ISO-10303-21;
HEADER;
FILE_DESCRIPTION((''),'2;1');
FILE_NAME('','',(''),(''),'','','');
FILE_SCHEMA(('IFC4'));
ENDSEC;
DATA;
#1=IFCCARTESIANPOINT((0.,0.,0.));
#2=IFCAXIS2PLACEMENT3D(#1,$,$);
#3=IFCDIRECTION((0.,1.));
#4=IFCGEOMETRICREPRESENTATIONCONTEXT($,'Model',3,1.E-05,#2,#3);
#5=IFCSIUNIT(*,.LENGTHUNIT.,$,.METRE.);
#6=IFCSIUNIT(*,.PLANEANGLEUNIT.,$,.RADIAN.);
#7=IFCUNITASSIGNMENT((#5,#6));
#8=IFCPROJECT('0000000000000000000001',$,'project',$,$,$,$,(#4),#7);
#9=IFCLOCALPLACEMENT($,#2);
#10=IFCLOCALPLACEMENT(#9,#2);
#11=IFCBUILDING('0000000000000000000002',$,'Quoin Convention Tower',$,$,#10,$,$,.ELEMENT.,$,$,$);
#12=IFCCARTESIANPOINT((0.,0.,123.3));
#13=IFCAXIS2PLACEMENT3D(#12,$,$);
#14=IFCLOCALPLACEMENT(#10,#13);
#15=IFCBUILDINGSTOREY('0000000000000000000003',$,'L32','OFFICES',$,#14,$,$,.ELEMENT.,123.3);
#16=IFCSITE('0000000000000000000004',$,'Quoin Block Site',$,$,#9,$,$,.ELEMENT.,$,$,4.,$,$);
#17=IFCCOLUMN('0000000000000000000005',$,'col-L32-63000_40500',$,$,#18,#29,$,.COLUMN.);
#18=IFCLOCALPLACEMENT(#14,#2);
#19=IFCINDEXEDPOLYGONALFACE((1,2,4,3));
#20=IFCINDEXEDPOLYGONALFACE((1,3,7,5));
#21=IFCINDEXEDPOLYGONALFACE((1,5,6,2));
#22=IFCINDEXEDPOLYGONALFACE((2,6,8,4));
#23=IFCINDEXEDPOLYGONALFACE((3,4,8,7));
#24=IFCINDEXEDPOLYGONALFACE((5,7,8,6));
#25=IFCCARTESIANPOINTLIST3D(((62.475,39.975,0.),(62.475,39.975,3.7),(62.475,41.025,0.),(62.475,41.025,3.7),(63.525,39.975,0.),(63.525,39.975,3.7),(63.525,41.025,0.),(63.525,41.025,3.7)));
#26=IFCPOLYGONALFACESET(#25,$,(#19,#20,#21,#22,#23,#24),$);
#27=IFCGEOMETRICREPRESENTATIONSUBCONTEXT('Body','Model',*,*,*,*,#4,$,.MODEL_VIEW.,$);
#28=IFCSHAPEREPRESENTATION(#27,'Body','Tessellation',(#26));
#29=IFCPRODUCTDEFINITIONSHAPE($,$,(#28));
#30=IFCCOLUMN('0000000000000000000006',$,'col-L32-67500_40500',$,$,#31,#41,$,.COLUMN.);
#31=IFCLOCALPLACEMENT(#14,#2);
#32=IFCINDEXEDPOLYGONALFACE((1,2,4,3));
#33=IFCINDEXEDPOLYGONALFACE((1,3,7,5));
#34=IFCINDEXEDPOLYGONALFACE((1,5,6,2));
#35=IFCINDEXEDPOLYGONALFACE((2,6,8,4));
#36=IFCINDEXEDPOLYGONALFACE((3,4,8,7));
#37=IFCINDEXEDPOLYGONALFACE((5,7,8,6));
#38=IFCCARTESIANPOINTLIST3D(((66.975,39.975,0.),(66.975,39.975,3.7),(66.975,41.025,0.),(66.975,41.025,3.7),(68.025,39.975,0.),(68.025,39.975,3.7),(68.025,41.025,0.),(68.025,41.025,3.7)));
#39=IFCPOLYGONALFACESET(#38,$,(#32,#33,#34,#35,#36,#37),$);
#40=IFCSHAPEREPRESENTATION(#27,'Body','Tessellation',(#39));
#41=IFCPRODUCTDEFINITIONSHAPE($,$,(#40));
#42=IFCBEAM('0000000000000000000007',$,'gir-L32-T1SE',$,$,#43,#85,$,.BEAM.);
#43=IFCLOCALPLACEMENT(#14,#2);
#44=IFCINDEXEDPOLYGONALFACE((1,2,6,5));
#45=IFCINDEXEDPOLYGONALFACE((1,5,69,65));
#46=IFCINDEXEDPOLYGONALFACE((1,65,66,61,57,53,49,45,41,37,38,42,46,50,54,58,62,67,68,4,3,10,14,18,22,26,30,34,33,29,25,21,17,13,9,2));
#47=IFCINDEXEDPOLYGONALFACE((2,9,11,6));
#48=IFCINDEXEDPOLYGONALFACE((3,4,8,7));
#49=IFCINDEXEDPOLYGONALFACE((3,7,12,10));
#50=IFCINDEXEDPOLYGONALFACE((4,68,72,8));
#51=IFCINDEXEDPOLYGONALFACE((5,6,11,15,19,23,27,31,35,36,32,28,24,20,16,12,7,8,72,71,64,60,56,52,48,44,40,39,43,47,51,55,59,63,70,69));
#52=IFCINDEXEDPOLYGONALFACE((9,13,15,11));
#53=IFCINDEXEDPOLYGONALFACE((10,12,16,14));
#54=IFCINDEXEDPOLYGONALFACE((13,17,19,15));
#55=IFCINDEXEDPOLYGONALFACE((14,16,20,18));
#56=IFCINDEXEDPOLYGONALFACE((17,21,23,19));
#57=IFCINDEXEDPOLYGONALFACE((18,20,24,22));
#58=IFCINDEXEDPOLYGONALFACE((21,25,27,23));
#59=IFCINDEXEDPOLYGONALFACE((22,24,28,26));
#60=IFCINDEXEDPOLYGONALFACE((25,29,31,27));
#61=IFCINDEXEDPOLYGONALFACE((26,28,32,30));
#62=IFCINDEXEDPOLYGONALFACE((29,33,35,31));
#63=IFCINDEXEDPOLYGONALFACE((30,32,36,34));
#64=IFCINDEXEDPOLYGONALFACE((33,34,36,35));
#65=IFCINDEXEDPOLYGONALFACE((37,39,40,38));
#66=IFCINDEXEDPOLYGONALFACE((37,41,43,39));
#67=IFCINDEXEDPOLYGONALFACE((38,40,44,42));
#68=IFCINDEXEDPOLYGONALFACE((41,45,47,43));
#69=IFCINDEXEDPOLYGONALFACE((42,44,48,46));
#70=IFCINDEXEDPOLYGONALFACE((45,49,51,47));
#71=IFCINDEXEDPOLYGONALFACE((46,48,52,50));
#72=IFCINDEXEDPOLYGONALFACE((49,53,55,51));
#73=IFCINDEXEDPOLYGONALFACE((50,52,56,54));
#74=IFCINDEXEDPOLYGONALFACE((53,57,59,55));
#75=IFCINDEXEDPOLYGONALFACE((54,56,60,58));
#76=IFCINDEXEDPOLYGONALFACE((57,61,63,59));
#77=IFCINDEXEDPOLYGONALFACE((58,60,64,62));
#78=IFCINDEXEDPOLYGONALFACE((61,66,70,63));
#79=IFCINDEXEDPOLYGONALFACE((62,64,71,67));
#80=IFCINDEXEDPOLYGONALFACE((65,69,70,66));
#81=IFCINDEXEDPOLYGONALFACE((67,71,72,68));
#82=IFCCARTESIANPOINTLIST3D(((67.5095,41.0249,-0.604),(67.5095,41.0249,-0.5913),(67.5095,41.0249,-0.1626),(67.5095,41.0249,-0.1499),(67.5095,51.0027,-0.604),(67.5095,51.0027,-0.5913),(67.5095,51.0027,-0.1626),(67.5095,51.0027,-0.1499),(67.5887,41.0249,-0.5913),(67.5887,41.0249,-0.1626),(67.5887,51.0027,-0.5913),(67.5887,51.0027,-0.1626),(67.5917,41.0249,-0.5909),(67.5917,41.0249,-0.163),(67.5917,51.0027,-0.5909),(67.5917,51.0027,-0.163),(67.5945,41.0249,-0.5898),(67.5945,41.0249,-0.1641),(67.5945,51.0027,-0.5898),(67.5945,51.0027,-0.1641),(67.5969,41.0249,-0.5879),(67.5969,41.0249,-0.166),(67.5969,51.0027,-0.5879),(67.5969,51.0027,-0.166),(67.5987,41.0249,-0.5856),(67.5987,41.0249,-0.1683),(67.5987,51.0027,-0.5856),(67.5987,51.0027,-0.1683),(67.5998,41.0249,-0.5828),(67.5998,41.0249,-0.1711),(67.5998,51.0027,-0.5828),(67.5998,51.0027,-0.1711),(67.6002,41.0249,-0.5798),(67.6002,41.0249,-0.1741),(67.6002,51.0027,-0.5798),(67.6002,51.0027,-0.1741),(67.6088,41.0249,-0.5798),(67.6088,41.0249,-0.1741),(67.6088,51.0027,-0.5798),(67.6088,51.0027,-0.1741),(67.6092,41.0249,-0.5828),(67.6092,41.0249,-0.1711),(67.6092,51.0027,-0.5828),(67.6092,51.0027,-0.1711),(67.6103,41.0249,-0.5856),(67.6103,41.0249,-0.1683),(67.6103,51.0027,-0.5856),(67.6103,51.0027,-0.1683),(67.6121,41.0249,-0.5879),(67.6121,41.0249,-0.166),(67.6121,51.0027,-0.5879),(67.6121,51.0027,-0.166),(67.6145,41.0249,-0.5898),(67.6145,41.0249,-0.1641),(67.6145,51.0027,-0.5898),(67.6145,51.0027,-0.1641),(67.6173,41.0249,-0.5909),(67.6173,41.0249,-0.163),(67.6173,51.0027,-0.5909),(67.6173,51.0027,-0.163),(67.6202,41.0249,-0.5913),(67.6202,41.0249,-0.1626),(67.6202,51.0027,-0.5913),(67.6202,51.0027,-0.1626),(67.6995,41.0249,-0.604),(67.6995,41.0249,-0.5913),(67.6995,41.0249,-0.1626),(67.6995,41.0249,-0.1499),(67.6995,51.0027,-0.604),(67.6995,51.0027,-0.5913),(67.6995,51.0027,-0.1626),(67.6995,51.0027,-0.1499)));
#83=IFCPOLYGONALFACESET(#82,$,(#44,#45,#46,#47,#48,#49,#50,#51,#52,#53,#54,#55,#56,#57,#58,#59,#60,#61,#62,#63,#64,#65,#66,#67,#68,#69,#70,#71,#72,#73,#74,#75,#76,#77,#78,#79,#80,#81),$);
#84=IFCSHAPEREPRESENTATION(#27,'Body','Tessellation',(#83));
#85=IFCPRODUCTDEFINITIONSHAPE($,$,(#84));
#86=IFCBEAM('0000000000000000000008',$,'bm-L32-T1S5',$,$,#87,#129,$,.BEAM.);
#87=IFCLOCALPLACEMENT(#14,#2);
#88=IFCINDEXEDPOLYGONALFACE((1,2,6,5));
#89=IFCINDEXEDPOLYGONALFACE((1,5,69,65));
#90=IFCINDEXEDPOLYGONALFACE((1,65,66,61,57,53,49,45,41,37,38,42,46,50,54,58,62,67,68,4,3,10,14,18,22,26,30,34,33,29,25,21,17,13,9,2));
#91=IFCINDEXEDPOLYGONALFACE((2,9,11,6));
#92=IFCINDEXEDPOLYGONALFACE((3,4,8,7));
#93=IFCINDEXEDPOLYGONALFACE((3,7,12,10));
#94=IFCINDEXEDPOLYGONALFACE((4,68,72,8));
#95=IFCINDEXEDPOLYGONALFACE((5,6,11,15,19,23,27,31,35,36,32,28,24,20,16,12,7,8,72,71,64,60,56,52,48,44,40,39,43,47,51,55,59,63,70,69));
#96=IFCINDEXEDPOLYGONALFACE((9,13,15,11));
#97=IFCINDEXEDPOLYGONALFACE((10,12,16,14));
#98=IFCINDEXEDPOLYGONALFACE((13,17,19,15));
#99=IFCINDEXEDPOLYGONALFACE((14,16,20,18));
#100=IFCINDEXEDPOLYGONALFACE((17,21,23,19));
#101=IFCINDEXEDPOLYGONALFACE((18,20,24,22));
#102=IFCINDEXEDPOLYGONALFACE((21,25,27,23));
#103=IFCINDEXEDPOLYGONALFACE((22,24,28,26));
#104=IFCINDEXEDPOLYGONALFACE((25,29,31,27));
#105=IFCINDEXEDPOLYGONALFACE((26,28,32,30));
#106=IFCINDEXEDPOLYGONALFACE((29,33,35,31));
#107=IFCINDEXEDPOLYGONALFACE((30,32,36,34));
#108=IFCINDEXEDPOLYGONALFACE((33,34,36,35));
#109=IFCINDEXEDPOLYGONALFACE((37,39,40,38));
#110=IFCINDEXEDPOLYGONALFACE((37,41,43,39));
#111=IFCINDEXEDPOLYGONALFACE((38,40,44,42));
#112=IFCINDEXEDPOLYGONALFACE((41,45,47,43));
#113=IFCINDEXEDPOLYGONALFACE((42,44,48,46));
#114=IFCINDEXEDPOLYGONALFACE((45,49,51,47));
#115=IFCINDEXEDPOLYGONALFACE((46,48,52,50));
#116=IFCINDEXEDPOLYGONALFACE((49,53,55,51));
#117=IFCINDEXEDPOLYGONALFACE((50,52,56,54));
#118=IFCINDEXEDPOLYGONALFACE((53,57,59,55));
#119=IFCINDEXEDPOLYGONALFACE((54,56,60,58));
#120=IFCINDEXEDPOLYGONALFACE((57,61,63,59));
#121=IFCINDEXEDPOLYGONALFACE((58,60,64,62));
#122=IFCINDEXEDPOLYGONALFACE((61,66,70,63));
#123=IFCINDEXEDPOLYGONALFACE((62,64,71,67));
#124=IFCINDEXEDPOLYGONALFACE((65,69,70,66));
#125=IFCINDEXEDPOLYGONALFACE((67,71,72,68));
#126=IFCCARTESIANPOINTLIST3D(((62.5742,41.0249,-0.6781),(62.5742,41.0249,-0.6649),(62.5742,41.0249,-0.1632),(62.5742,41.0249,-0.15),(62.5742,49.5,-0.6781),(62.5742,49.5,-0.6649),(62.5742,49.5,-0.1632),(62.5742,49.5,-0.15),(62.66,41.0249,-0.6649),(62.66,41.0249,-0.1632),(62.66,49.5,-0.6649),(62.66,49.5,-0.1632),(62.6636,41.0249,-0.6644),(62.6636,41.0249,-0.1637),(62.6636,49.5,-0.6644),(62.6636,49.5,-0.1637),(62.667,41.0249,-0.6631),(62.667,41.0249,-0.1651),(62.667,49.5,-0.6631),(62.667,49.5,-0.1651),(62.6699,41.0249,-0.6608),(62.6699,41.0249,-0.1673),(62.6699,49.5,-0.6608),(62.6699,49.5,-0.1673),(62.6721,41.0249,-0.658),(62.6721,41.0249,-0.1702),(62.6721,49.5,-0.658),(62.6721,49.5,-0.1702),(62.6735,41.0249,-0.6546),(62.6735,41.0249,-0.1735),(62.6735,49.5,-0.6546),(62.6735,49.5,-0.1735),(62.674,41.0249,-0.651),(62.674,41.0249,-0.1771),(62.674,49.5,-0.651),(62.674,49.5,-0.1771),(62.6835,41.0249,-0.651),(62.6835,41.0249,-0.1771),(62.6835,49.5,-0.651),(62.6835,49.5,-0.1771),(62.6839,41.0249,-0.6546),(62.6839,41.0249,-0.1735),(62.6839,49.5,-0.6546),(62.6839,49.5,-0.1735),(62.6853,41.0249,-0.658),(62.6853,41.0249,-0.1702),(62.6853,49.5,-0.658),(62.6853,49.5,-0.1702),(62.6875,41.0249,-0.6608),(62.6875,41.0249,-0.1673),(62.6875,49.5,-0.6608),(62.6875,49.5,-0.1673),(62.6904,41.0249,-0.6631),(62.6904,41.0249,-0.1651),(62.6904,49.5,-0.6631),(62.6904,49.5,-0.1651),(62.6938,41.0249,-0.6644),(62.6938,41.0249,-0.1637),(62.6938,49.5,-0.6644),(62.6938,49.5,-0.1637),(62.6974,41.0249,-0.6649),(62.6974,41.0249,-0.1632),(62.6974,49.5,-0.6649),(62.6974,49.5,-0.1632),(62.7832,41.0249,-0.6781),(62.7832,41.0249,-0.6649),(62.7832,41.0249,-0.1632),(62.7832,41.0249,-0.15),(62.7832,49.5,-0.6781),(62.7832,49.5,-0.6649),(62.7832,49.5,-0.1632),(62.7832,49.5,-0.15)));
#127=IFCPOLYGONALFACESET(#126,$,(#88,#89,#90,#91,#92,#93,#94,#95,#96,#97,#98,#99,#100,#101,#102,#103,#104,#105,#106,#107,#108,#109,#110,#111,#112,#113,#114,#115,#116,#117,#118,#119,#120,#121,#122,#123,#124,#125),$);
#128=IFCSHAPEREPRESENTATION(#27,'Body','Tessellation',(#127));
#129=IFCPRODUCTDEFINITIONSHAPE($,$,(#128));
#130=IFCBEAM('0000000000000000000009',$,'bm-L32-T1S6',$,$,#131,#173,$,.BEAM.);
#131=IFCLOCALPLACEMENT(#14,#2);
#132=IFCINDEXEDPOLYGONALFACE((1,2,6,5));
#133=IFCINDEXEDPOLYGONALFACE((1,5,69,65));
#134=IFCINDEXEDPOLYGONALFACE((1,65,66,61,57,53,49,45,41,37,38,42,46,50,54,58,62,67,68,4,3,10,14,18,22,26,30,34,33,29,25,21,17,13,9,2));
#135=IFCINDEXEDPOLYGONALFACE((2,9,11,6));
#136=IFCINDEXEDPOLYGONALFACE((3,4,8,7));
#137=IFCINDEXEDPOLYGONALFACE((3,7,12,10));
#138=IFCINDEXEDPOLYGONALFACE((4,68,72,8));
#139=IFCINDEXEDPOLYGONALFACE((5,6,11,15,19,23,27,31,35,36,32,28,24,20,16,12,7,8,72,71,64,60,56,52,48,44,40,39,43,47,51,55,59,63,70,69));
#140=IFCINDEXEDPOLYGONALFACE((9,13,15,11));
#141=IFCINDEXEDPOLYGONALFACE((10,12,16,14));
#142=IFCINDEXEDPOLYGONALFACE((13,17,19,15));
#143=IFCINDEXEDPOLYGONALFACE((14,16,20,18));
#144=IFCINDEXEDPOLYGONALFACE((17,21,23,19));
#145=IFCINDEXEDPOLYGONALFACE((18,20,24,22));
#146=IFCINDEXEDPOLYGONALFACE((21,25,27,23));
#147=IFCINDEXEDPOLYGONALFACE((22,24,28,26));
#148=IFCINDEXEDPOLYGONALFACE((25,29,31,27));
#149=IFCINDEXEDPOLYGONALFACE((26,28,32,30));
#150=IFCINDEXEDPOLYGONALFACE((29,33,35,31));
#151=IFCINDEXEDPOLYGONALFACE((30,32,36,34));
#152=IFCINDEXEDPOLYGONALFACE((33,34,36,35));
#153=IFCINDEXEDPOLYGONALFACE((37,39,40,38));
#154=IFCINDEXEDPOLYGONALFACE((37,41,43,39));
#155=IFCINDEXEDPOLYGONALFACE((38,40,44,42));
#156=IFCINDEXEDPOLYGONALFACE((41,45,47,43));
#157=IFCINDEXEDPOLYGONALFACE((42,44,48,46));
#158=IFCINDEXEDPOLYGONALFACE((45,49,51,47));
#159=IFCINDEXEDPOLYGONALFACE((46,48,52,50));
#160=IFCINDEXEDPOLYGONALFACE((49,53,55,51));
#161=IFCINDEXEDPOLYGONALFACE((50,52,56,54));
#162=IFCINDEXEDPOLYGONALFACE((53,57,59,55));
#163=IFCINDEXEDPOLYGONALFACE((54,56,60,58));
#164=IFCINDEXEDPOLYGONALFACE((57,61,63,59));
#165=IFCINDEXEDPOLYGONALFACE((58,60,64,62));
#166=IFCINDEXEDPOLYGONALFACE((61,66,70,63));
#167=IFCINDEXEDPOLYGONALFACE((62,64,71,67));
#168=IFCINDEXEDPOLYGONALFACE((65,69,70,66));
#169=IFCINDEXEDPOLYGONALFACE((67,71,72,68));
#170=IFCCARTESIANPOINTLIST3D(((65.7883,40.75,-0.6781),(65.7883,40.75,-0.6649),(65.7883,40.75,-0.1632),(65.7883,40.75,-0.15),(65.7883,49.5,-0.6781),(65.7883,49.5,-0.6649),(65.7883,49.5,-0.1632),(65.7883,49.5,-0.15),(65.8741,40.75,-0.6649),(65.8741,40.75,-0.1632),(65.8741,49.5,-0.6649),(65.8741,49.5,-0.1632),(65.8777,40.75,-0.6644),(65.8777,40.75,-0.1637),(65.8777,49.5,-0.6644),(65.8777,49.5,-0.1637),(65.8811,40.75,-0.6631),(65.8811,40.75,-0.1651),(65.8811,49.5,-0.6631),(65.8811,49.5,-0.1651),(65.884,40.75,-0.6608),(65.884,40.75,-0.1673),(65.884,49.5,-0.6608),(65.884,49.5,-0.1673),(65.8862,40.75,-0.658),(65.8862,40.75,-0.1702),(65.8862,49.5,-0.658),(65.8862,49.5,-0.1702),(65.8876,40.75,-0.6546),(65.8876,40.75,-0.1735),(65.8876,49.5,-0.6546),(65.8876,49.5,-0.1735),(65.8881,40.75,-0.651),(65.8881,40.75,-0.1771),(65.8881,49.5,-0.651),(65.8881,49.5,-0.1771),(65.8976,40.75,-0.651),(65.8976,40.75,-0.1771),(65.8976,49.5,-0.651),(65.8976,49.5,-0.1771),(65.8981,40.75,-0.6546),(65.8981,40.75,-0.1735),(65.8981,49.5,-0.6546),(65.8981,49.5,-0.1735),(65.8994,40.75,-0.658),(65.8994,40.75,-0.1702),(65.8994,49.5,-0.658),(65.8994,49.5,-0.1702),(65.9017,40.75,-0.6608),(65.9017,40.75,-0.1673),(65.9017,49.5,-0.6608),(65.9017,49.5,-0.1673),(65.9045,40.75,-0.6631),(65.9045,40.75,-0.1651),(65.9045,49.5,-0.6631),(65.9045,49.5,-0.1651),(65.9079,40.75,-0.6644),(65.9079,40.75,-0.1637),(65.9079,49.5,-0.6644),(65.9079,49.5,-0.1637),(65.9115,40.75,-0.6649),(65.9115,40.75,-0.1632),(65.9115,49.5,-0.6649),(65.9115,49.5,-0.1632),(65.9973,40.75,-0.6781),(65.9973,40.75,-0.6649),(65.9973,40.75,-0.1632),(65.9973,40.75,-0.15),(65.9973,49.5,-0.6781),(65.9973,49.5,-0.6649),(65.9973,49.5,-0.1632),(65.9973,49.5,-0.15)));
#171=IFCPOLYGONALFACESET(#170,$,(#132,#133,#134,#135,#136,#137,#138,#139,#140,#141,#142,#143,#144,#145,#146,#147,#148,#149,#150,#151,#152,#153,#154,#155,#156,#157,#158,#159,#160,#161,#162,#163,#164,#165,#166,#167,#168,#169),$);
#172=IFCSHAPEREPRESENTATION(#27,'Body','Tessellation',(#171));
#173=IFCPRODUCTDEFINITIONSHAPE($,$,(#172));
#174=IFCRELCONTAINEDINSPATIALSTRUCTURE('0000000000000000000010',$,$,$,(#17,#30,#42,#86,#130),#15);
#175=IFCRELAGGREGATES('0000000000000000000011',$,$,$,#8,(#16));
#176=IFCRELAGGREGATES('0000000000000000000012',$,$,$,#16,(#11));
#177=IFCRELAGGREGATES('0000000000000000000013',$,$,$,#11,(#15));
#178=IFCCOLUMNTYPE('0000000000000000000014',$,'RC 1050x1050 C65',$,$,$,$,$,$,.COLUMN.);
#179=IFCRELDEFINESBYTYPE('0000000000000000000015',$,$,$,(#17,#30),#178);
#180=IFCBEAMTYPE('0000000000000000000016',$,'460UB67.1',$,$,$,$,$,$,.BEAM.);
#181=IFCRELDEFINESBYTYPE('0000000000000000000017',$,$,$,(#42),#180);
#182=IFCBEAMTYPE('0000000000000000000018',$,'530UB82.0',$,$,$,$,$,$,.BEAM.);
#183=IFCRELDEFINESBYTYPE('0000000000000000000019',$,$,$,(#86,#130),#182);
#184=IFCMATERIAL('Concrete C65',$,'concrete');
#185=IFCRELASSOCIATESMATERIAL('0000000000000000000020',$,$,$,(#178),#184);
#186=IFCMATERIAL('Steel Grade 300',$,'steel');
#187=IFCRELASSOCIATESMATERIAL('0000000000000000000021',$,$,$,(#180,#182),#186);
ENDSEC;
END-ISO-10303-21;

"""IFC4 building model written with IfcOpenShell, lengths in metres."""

from ifc_helpers import new_model, si_unit, direction, frame, origin, origin_2d, place, context, subcontext, project, spatial, rectangle, i_section, extrude, material, material_profile, profile_set, type_object, element, save


model = new_model("IFC4")

# Units and contexts
model_context = context("Model", 3, precision=1e-05, world=origin(), true_north=direction((0.0, 1.0)))
body_context = subcontext(model_context, "Body", "Model", "MODEL_VIEW")
ifc_project = project(units=[si_unit("LENGTHUNIT", "METRE"), si_unit("PLANEANGLEUNIT", "RADIAN")], contexts=[model_context])

# Site, building, storey
site_placement = place(None, origin())
site = spatial("IfcSite", under=ifc_project, at=site_placement, Name="Quoin Block Site", CompositionType="ELEMENT", RefElevation=4.0)
building_placement = place(site_placement, origin())
building = spatial("IfcBuilding", under=site, at=building_placement, Name="Quoin Convention Tower", CompositionType="ELEMENT")
storey_placement = place(building_placement, frame((0.0, 0.0, 123.3)))
storey = spatial("IfcBuildingStorey", under=building, at=storey_placement, Name="L32", Description="OFFICES", CompositionType="ELEMENT", Elevation=123.3)

# Columns
ifc_material_1 = material(Name="Concrete C65", Category="concrete")
ifc_material_profile_1 = material_profile(ifc_material_1, rectangle(XDim=1.05, YDim=1.05, at=origin_2d()), Name="RC 1050x1050")
ifc_profile_set_1 = profile_set([ifc_material_profile_1], Name="Concrete C65")
column_type = type_object("IfcColumnType", Name="RC 1050x1050 C65", PredefinedType="COLUMN", material=ifc_profile_set_1)
for number, where, z_axis, x_axis, name in (
    (1, (63.0, 40.5, 0.0), (0.0, 0.0, 1.0), (1.0, 0.0, 0.0), "col-L32-63000_40500"),
    (2, (67.5, 40.5, 0.0), (0.0, 0.0, 1.0), (1.0, 0.0, 0.0), "col-L32-67500_40500"),
):
    element("IfcColumn", number, at=place(storey_placement, frame(where, z_axis=z_axis, x_axis=x_axis)), inside=storey, type_object=column_type, Name=name, PredefinedType="COLUMN", context=body_context, shape_type="SweptSolid", body=[
        extrude(rectangle(XDim=1.05, YDim=1.05, at=origin_2d()), origin(), (0.0, 0.0, 1.0), 3.7),
    ])

# Beams
ifc_material_2 = material(Name="Steel Grade 300", Category="steel")
ifc_material_profile_2 = material_profile(ifc_material_2, i_section(OverallWidth=0.1899, OverallDepth=0.4541, WebThickness=0.0085, FlangeThickness=0.0127, FilletRadius=0.0115, at=origin_2d()), Name="460UB67.1")
ifc_profile_set_2 = profile_set([ifc_material_profile_2], Name="Steel Grade 300")
beam_type_1 = type_object("IfcBeamType", Name="460UB67.1", PredefinedType="BEAM", material=ifc_profile_set_2)
beam_1_placement = place(storey_placement, frame((67.6045, 41.0249, -0.377), z_axis=(0.0, 1.0, 0.0), x_axis=(-1.0, 0.0, 0.0)))
element("IfcBeam", 3, at=beam_1_placement, inside=storey, type_object=beam_type_1, Name="gir-L32-T1SE", PredefinedType="BEAM", context=body_context, shape_type="SweptSolid", body=[
    extrude(i_section(OverallWidth=0.1899, OverallDepth=0.4541, WebThickness=0.0085, FlangeThickness=0.0127, FilletRadius=0.0115, at=origin_2d()), origin(), (0.0, 0.0, 1.0), 9.9778),
])
ifc_material_profile_3 = material_profile(ifc_material_2, i_section(OverallWidth=0.209, OverallDepth=0.5281, WebThickness=0.0095, FlangeThickness=0.0132, FilletRadius=0.0139, at=origin_2d()), Name="530UB82.0")
ifc_profile_set_3 = profile_set([ifc_material_profile_3], Name="Steel Grade 300")
beam_type_2 = type_object("IfcBeamType", Name="530UB82.0", PredefinedType="BEAM", material=ifc_profile_set_3)
beam_2_placement = place(storey_placement, frame((62.6787, 41.0249, -0.4141), z_axis=(0.0, 1.0, 0.0), x_axis=(-1.0, 0.0, 0.0)))
element("IfcBeam", 4, at=beam_2_placement, inside=storey, type_object=beam_type_2, Name="bm-L32-T1S5", PredefinedType="BEAM", context=body_context, shape_type="SweptSolid", body=[
    extrude(i_section(OverallWidth=0.209, OverallDepth=0.5281, WebThickness=0.0095, FlangeThickness=0.0132, FilletRadius=0.0139, at=origin_2d()), origin(), (0.0, 0.0, 1.0), 8.4751),
])
beam_3_placement = place(storey_placement, frame((65.8928, 40.75, -0.4141), z_axis=(0.0, 1.0, 0.0), x_axis=(-1.0, 0.0, 0.0)))
element("IfcBeam", 5, at=beam_3_placement, inside=storey, type_object=beam_type_2, Name="bm-L32-T1S6", PredefinedType="BEAM", context=body_context, shape_type="SweptSolid", body=[
    extrude(i_section(OverallWidth=0.209, OverallDepth=0.5281, WebThickness=0.0095, FlangeThickness=0.0132, FilletRadius=0.0139, at=origin_2d()), origin(), (0.0, 0.0, 1.0), 8.75),
])

save(model, "model.ifc")
